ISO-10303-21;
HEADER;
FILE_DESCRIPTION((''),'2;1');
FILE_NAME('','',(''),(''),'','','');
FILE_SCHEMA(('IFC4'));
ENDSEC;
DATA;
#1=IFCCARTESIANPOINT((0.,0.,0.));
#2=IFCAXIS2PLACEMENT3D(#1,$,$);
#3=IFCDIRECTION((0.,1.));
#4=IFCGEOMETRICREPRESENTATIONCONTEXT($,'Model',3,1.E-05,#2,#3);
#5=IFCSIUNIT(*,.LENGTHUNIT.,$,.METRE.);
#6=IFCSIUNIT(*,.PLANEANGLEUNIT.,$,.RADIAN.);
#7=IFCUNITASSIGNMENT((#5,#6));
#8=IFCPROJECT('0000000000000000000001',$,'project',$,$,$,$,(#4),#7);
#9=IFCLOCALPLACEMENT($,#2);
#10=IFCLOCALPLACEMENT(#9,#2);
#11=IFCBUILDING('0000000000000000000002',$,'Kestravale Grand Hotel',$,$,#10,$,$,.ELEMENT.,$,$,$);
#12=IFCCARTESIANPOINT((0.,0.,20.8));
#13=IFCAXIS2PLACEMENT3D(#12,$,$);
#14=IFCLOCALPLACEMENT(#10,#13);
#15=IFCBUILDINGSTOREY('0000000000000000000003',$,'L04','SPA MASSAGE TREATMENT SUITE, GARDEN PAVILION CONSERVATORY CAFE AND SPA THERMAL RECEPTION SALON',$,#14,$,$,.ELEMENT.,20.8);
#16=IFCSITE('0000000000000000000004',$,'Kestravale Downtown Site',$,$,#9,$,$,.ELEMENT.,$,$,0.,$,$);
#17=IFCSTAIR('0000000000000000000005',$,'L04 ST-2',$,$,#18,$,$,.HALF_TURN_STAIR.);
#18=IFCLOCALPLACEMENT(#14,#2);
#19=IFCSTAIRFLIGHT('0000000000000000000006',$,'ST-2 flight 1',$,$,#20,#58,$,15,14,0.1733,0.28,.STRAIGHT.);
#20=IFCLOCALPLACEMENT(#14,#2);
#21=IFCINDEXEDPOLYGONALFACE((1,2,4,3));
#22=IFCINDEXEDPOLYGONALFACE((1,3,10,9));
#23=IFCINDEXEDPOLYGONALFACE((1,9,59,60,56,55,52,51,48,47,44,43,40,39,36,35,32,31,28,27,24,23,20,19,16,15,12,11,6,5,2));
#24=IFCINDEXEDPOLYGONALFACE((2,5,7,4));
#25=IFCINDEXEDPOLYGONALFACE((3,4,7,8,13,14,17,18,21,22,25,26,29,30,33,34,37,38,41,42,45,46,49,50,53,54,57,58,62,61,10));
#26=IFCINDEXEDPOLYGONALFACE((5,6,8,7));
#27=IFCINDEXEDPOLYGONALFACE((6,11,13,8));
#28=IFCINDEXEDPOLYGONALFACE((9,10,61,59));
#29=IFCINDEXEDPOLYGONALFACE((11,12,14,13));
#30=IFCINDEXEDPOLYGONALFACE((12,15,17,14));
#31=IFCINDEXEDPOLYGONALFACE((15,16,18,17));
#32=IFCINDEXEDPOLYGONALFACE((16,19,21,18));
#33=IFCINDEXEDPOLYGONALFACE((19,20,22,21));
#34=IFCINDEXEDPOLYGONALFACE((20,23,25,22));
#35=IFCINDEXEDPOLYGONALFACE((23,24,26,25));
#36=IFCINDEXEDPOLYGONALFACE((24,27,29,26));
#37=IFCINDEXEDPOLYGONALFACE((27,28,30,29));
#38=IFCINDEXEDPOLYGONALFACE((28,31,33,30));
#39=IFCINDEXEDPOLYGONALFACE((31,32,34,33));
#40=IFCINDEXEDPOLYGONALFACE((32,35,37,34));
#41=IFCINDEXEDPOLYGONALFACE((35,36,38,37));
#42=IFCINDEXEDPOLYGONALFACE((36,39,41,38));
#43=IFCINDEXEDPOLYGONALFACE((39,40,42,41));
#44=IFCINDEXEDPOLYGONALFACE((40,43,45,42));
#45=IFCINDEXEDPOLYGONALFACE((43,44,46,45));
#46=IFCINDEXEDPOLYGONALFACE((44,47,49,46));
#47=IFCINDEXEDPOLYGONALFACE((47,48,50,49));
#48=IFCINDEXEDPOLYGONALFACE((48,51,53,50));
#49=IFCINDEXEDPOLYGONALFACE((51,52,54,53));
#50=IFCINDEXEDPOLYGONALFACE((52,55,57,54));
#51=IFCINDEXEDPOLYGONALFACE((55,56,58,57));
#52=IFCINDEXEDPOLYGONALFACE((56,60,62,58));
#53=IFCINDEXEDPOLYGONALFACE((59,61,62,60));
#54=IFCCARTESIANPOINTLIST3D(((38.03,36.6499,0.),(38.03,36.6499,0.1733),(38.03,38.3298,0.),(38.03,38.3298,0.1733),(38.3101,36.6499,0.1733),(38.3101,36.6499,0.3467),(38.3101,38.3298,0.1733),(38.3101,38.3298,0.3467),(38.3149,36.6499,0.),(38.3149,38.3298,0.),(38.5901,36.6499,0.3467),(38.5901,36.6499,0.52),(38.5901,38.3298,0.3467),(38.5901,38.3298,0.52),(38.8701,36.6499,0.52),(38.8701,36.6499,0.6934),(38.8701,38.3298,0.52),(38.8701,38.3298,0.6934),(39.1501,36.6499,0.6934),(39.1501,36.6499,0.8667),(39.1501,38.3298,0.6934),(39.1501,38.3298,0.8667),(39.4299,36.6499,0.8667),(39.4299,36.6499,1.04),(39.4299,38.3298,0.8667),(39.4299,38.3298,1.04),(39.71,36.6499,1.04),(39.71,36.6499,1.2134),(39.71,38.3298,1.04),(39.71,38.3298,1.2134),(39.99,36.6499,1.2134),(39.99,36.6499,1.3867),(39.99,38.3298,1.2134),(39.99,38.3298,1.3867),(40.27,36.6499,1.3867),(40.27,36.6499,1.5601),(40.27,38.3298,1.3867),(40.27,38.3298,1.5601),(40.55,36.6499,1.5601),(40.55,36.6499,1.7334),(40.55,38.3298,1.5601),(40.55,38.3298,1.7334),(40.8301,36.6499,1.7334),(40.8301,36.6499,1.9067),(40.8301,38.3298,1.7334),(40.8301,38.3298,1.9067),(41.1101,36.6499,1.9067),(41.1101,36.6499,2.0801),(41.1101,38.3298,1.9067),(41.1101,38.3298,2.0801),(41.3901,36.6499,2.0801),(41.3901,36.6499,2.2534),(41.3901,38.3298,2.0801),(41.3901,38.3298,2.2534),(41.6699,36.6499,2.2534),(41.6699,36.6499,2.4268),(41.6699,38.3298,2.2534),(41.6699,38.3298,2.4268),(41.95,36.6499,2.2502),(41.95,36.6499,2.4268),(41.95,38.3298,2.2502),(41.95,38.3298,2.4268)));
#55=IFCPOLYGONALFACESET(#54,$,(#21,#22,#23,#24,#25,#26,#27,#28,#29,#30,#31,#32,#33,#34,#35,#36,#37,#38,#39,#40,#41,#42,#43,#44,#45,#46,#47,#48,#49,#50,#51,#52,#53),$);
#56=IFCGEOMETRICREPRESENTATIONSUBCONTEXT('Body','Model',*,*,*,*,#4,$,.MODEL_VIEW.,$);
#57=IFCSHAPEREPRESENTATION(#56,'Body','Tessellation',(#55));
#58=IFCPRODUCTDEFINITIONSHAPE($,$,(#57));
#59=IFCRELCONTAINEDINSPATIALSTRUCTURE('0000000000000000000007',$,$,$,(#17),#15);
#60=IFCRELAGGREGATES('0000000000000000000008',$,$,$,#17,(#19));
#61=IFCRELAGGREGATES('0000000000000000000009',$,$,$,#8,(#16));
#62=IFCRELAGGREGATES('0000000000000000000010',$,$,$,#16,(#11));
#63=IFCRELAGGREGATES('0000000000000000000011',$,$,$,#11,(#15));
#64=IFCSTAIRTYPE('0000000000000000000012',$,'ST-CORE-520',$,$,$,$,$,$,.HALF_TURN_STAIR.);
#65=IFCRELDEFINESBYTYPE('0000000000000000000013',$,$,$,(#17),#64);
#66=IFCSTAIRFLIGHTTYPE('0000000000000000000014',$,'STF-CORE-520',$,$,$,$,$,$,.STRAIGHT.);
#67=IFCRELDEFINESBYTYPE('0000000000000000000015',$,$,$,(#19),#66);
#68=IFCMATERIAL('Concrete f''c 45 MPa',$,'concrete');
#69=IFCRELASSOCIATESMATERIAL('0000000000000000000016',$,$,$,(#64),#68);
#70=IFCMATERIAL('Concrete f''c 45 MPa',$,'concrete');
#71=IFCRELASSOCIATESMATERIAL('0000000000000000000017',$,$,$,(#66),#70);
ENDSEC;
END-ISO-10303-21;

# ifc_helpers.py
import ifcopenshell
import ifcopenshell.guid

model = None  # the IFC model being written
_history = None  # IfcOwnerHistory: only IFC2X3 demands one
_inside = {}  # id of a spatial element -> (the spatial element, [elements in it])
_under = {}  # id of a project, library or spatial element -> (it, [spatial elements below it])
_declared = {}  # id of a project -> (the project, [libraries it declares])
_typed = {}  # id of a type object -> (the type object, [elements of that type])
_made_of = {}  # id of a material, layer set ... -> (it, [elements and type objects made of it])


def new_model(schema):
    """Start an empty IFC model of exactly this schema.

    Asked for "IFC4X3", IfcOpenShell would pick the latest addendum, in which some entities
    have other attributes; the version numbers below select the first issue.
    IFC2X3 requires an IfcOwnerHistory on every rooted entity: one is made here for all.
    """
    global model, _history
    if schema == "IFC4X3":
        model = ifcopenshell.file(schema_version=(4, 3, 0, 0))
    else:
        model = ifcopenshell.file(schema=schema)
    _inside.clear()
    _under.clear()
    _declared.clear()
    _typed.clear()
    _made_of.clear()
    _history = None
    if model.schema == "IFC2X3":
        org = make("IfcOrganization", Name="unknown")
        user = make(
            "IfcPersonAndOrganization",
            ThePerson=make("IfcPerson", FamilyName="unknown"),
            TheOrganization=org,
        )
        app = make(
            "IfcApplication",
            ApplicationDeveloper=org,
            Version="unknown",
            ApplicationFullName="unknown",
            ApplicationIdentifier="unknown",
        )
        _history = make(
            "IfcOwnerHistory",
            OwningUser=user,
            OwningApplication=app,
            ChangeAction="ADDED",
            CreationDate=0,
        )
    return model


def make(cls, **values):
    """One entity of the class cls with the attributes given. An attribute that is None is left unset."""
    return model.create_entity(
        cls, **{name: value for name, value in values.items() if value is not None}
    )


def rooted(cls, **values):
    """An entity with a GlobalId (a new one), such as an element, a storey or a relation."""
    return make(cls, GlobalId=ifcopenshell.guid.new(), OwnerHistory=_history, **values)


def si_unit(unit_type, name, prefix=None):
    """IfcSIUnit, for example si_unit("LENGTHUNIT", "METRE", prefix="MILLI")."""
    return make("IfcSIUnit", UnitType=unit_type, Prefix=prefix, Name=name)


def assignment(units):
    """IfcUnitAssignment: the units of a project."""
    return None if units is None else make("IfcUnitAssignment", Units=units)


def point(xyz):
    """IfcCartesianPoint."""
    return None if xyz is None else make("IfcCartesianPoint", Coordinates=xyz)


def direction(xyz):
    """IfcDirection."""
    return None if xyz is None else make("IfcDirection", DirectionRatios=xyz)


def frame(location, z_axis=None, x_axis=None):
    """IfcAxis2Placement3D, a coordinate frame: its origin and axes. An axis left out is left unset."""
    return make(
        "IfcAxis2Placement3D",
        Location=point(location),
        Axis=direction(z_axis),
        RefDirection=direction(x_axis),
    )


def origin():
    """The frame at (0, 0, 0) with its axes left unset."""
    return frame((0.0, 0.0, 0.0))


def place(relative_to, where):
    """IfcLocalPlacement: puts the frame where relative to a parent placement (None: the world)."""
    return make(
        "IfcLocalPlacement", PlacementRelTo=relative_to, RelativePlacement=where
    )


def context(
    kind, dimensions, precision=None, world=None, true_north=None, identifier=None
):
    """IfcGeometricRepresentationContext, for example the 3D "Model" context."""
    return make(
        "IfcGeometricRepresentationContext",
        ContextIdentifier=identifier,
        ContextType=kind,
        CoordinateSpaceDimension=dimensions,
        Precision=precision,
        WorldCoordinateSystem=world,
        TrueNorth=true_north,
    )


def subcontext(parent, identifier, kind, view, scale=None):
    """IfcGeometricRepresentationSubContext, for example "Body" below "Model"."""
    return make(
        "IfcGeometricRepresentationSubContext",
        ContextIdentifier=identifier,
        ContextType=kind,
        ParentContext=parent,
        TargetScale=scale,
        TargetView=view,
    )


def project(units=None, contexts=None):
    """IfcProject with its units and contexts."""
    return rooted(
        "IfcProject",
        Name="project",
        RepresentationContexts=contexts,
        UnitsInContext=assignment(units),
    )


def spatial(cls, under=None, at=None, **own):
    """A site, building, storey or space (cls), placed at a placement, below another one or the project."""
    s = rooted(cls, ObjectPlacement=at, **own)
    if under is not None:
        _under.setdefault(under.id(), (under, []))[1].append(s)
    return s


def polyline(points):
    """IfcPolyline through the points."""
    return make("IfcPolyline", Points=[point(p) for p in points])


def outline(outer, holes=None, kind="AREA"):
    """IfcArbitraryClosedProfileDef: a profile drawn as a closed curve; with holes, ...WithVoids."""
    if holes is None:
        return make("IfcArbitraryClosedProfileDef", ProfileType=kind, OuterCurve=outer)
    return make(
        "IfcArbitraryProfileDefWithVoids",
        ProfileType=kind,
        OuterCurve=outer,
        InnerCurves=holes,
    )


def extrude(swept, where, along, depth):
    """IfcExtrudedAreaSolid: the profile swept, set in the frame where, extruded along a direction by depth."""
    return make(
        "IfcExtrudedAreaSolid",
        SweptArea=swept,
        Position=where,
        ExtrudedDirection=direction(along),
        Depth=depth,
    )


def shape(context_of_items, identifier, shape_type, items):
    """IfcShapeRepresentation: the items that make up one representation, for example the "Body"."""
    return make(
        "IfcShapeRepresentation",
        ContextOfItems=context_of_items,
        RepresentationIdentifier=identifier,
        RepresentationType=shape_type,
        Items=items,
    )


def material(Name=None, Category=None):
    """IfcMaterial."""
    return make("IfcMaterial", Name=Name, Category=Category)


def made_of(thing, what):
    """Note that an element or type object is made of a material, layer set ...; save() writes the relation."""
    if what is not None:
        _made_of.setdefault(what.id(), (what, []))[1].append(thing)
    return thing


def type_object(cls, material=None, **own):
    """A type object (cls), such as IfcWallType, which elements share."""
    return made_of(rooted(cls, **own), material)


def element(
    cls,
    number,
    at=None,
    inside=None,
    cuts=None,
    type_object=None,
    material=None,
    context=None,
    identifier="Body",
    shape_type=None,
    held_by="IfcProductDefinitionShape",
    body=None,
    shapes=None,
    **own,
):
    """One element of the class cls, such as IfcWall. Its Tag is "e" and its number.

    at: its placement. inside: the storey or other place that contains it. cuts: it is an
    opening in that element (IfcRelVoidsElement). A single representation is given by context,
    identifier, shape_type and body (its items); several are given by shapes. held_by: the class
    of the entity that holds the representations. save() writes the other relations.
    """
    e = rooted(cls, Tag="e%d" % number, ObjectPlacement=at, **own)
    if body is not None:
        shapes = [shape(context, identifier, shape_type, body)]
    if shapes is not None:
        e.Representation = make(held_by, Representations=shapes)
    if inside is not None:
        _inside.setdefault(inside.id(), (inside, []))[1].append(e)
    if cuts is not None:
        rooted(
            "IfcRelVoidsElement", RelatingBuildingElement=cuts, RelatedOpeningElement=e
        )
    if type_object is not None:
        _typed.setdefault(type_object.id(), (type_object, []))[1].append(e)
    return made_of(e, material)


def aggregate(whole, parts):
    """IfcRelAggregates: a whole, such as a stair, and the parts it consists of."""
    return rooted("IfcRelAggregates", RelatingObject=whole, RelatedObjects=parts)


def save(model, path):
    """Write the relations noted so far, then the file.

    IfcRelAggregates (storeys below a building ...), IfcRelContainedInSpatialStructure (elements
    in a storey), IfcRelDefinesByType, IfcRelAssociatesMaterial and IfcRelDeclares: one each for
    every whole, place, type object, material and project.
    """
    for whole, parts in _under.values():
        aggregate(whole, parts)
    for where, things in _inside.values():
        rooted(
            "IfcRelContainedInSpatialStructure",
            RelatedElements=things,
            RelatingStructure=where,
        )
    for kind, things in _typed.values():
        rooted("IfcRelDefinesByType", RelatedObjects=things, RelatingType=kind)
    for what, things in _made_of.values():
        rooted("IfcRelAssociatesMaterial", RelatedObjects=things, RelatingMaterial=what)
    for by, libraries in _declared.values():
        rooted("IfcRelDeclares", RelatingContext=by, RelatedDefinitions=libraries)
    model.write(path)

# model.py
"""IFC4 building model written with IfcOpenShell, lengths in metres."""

from ifc_helpers import new_model, si_unit, direction, frame, origin, place, context, subcontext, project, spatial, polyline, outline, extrude, material, type_object, element, aggregate, save


model = new_model("IFC4")

# Units and contexts
model_context = context("Model", 3, precision=1e-05, world=origin(), true_north=direction((0.0, 1.0)))
body_context = subcontext(model_context, "Body", "Model", "MODEL_VIEW")
ifc_project = project(units=[si_unit("LENGTHUNIT", "METRE"), si_unit("PLANEANGLEUNIT", "RADIAN")], contexts=[model_context])

# Site, building, storey
site_placement = place(None, origin())
site = spatial("IfcSite", under=ifc_project, at=site_placement, Name="Kestravale Downtown Site", CompositionType="ELEMENT", RefElevation=0.0)
building_placement = place(site_placement, origin())
building = spatial("IfcBuilding", under=site, at=building_placement, Name="Kestravale Grand Hotel", CompositionType="ELEMENT")
storey_placement = place(building_placement, frame((0.0, 0.0, 20.8)))
storey = spatial("IfcBuildingStorey", under=building, at=storey_placement, Name="L04", Description="SPA MASSAGE TREATMENT SUITE, GARDEN PAVILION CONSERVATORY CAFE AND SPA THERMAL RECEPTION SALON", CompositionType="ELEMENT", Elevation=20.8)

# Stair, stair flight
ifc_material_1 = material(Name="Concrete f'c 45 MPa", Category="concrete")
stair_type = type_object("IfcStairType", Name="ST-CORE-520", PredefinedType="HALF_TURN_STAIR", material=ifc_material_1)
stair_placement = place(storey_placement, origin())
stair = element("IfcStair", 1, at=stair_placement, inside=storey, type_object=stair_type, Name="L04 ST-2", PredefinedType="HALF_TURN_STAIR")
ifc_material_2 = material(Name="Concrete f'c 45 MPa", Category="concrete")
stair_flight_type = type_object("IfcStairFlightType", Name="STF-CORE-520", PredefinedType="STRAIGHT", material=ifc_material_2)
stair_flight_placement = place(storey_placement, frame((38.03, 37.49, 0.0), z_axis=(0.0, 0.0, 1.0), x_axis=(1.0, 0.0, 0.0)))
stair_flight = element("IfcStairFlight", 2, at=stair_flight_placement, type_object=stair_flight_type, Name="ST-2 flight 1", NumberOfRisers=15, NumberOfTreads=14, PredefinedType="STRAIGHT", RiserHeight=0.1733, TreadLength=0.28, context=body_context, shape_type="SweptSolid", body=[
    extrude(outline(polyline([(0.0, 0.0), (0.0, 0.1733), (0.28, 0.1733), (0.28, 0.3467), (0.5601, 0.3467), (0.5601, 0.52), (0.8401, 0.52), (0.8401, 0.6934), (1.1201, 0.6934), (1.1201, 0.8667), (1.3999, 0.8667), (1.3999, 1.04), (1.6799, 1.04), (1.6799, 1.2134), (1.96, 1.2134), (1.96, 1.3867), (2.24, 1.3867), (2.24, 1.5601), (2.52, 1.5601), (2.52, 1.7334), (2.8, 1.7334), (2.8, 1.9067), (3.0801, 1.9067), (3.0801, 2.0801), (3.3601, 2.0801), (3.3601, 2.2534), (3.6399, 2.2534), (3.6399, 2.4268), (3.9199, 2.4268), (3.9199, 2.6001), (3.9199, 2.2502), (0.2849, 0.0), (0.0, 0.0)])), frame((0.0, 0.8398, 0.0), z_axis=(0.0, -1.0, 0.0), x_axis=(1.0, 0.0, 0.0)), (0.0, 0.0, 1.0), 1.6799),
])
aggregate(stair, [stair_flight])

save(model, "model.ifc")
